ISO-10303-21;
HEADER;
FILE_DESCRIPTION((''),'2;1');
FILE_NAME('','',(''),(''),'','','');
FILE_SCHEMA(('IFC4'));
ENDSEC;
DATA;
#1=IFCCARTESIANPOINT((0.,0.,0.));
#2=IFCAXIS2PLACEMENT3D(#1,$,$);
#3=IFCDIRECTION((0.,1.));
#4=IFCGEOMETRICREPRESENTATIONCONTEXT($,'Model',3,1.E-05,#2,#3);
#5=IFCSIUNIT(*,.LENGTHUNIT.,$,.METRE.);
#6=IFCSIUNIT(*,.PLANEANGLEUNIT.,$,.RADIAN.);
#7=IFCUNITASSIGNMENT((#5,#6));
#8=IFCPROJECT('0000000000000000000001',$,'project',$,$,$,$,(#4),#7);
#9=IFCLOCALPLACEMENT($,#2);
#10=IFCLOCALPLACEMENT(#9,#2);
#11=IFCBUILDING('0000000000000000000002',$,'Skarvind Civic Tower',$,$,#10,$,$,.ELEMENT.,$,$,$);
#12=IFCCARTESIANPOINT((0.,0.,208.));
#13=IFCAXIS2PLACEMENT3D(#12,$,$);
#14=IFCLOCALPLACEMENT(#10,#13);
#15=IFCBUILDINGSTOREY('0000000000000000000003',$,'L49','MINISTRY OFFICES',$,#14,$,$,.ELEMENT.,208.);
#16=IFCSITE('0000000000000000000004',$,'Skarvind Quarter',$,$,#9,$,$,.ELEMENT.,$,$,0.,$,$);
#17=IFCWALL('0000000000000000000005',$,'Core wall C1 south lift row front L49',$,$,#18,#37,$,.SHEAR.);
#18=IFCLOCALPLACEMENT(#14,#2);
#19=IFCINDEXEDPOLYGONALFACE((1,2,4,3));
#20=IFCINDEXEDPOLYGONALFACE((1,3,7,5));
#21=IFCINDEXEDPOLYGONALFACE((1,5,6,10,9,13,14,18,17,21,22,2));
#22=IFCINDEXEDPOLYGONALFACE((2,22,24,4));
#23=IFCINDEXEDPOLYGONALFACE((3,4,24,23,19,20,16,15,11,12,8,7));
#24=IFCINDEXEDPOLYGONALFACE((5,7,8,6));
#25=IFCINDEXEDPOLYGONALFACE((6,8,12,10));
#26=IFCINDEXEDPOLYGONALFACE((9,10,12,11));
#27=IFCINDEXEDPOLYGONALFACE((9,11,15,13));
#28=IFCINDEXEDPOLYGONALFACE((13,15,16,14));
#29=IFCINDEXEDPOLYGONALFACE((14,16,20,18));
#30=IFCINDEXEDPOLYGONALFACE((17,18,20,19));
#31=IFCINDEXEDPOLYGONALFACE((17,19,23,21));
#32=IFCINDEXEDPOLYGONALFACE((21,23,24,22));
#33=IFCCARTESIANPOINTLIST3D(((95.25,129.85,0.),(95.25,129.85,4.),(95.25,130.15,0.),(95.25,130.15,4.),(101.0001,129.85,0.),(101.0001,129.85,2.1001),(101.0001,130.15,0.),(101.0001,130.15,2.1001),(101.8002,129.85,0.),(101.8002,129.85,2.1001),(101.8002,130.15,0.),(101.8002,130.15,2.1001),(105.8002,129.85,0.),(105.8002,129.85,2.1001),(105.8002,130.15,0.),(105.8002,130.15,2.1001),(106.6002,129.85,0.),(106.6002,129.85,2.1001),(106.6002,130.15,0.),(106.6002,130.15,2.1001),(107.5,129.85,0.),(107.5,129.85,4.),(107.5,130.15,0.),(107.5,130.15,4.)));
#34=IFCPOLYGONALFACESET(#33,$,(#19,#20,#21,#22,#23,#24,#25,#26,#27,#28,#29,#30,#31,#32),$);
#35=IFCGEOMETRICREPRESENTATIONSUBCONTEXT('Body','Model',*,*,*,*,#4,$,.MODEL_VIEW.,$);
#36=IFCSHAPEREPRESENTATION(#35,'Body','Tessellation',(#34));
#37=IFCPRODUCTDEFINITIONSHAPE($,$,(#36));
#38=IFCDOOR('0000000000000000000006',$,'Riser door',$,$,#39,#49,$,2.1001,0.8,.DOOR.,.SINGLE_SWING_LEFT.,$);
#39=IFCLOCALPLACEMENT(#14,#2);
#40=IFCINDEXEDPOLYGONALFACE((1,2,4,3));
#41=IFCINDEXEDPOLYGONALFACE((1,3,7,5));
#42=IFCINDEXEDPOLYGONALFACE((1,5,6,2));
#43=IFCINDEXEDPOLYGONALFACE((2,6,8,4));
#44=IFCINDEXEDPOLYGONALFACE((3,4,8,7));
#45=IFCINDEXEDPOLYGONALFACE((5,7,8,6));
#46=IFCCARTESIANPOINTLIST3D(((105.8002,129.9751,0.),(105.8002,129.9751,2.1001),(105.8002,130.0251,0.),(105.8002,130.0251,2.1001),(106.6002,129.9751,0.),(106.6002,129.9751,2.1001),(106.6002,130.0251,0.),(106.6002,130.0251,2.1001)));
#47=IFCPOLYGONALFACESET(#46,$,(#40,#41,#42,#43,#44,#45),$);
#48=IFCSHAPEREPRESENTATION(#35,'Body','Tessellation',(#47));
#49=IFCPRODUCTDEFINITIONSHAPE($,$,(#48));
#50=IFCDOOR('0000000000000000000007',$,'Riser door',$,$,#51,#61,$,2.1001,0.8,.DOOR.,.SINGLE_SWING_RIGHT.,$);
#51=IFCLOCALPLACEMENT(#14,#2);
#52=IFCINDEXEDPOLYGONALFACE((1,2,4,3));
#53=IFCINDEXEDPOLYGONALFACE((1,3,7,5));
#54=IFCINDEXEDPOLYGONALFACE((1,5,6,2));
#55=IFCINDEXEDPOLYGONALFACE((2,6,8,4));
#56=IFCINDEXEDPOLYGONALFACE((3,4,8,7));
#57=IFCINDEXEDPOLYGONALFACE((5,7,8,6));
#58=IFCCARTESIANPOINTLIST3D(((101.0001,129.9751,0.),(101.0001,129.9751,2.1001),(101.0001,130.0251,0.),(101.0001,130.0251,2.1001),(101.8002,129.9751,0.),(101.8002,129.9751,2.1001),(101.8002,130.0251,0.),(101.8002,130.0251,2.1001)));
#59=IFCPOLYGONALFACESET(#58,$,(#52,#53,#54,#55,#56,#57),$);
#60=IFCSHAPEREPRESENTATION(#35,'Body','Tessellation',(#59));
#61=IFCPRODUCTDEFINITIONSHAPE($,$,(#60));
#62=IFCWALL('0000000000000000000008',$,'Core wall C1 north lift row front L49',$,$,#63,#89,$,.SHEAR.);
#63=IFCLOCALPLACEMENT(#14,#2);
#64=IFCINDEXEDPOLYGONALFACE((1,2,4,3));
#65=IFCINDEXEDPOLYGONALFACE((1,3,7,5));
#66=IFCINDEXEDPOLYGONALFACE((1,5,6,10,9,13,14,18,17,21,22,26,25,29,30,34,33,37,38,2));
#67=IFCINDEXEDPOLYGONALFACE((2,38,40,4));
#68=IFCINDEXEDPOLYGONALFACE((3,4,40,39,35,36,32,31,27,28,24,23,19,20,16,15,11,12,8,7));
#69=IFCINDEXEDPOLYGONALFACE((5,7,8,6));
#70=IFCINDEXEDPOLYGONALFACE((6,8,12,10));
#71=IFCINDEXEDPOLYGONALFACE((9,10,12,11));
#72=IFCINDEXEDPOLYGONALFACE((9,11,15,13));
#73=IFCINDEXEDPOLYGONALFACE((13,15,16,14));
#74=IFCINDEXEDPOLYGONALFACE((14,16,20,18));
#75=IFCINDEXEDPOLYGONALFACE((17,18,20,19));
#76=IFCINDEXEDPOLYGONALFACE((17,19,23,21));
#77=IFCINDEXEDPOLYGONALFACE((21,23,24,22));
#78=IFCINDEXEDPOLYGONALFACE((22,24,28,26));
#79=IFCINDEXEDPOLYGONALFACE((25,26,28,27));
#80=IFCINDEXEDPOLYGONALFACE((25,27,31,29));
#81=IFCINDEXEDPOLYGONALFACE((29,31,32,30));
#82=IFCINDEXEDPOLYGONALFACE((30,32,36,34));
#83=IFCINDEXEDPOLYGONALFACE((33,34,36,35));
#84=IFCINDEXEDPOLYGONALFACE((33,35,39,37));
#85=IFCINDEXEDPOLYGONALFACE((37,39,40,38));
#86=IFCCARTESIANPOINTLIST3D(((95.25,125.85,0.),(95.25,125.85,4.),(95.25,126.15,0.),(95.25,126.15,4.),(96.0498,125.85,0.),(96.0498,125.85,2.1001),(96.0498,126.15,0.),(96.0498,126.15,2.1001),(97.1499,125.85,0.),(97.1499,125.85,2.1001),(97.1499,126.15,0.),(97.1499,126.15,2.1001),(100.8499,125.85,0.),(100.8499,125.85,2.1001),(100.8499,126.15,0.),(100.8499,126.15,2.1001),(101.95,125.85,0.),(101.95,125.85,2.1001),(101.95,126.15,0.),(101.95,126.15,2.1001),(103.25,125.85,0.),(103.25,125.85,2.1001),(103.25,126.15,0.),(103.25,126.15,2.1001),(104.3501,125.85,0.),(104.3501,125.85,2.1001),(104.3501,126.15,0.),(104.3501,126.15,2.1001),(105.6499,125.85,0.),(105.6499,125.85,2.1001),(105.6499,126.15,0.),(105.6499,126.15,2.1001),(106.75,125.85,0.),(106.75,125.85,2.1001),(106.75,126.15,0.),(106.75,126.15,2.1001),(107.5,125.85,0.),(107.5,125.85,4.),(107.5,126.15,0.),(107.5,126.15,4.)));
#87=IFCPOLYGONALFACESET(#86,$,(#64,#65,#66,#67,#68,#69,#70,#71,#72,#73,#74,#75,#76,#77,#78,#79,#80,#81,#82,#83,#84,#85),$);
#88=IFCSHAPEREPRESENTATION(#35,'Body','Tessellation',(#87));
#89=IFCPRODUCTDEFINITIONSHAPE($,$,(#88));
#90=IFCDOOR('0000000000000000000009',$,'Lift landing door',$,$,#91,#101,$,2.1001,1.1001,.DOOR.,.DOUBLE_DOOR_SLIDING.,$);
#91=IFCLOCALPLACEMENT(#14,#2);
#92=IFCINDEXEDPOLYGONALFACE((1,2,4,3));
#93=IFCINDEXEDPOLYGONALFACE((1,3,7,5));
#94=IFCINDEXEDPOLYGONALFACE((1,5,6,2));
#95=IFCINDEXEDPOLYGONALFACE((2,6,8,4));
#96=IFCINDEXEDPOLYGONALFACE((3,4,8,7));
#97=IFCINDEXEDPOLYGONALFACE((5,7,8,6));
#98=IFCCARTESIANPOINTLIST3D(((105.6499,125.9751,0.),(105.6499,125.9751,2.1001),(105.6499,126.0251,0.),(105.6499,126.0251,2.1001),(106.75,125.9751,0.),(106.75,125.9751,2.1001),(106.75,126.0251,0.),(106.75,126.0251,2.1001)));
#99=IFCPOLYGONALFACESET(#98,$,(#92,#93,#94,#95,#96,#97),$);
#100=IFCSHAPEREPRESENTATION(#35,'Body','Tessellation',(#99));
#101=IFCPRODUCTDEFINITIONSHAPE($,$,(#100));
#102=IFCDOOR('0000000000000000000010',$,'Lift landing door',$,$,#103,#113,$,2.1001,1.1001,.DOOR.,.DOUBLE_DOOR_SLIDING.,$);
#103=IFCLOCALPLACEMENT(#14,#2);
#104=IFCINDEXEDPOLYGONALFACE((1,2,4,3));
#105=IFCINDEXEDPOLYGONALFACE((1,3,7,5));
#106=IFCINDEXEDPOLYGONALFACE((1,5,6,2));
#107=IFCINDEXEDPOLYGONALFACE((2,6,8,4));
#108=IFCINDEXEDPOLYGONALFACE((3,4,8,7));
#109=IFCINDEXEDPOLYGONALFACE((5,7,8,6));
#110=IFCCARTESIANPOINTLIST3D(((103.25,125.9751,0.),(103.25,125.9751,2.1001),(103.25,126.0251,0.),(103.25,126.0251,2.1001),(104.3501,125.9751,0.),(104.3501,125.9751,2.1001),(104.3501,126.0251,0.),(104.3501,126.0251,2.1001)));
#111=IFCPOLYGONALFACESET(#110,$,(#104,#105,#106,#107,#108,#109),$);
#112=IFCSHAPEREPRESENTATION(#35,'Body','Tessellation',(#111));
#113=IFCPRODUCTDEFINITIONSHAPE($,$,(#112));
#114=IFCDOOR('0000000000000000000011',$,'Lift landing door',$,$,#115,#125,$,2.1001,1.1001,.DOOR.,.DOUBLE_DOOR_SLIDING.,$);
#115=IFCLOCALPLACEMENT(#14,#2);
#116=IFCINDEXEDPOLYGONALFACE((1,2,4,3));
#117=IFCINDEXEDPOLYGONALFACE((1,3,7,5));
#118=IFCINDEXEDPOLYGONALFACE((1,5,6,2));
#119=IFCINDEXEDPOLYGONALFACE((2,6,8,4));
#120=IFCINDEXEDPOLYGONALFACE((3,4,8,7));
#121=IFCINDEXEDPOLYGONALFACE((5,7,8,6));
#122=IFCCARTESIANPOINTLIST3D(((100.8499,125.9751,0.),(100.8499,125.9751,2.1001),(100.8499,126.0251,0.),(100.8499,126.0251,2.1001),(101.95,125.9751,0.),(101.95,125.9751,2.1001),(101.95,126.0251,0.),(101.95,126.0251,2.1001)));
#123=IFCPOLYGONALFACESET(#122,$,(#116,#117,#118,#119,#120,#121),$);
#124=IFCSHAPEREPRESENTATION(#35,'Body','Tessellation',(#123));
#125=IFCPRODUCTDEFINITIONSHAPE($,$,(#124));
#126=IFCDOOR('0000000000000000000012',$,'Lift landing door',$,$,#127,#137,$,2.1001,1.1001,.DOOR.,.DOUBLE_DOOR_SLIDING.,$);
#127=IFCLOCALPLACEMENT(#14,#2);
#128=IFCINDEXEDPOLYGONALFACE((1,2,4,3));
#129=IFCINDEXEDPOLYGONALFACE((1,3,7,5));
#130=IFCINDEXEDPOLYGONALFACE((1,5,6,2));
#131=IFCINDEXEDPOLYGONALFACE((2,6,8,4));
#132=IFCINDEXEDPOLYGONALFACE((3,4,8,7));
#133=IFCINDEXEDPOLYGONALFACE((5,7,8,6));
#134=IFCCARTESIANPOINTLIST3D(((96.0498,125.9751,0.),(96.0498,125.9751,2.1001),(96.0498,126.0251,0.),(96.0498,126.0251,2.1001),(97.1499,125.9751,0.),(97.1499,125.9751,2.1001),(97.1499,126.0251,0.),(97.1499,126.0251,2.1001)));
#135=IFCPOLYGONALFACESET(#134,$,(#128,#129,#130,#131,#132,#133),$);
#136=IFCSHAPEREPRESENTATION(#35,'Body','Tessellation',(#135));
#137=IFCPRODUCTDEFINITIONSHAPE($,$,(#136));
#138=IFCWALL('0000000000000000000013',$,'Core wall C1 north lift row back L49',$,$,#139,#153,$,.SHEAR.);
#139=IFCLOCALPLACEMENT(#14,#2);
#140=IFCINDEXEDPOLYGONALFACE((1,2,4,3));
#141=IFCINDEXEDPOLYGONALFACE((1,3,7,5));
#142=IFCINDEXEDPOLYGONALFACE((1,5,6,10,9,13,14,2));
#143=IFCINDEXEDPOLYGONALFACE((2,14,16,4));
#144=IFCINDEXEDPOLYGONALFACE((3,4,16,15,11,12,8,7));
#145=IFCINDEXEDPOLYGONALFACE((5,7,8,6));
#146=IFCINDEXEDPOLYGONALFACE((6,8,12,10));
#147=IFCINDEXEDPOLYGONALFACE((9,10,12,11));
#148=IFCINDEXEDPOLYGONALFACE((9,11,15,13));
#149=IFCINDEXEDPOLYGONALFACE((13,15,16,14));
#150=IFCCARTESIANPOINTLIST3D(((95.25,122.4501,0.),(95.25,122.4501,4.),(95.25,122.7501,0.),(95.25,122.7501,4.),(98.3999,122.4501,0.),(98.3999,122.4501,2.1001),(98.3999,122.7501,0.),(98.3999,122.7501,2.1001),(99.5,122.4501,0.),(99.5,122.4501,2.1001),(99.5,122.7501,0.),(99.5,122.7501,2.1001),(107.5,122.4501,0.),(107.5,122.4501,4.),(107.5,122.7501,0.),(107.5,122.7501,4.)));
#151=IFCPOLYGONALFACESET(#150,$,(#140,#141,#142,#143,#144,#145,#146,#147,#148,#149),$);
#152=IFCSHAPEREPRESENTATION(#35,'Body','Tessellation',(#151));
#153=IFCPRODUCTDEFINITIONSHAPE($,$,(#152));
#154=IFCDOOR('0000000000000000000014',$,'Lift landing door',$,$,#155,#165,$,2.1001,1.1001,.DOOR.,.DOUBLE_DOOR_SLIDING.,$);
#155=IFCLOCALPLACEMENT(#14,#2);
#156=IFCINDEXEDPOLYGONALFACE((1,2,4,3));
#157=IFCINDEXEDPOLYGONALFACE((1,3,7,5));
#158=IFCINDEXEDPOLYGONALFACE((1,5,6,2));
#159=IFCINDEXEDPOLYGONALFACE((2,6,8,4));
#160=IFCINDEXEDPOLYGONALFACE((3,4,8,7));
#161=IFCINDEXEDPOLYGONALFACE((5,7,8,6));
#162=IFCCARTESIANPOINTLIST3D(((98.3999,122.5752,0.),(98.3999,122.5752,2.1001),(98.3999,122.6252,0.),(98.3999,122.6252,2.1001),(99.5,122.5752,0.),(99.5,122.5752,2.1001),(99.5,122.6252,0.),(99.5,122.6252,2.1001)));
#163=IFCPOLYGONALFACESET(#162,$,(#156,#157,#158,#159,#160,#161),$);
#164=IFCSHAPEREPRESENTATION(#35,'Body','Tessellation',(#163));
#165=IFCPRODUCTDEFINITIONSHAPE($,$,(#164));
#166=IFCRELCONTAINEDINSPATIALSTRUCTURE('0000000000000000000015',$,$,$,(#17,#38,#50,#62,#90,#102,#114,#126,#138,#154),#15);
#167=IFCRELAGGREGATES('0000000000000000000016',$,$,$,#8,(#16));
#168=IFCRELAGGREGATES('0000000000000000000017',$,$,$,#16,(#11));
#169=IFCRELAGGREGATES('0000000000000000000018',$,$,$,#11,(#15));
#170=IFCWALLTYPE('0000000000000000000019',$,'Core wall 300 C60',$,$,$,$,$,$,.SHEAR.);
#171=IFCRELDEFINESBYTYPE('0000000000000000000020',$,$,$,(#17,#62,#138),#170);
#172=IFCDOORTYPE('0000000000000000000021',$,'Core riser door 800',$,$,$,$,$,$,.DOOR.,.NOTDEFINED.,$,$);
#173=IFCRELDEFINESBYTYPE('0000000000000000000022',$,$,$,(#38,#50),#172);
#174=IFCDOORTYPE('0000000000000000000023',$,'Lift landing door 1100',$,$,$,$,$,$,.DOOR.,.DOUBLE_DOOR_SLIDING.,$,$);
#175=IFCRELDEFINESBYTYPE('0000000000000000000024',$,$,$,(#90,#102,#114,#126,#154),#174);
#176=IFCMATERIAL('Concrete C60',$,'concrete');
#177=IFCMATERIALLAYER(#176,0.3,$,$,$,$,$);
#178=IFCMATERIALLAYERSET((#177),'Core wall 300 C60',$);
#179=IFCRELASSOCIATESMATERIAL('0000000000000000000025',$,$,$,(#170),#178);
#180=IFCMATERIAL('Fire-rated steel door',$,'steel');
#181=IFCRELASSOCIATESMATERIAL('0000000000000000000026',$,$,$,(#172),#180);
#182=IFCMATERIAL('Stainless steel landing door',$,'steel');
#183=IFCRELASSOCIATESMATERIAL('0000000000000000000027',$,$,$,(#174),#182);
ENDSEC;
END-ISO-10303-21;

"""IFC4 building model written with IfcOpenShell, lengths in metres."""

from ifc_helpers import new_model, si_unit, direction, frame, frame_2d, origin, place, context, subcontext, project, spatial, rectangle, extrude, material, layer, layer_set, type_object, element, fill, save


model = new_model("IFC4")

# Units and contexts
model_context = context("Model", 3, precision=1e-05, world=origin(), true_north=direction((0.0, 1.0)))
body_context = subcontext(model_context, "Body", "Model", "MODEL_VIEW")
ifc_project = project(units=[si_unit("LENGTHUNIT", "METRE"), si_unit("PLANEANGLEUNIT", "RADIAN")], contexts=[model_context])

# Site, building, storey
site_placement = place(None, origin())
site = spatial("IfcSite", under=ifc_project, at=site_placement, Name="Skarvind Quarter", CompositionType="ELEMENT", RefElevation=0.0)
building_placement = place(site_placement, origin())
building = spatial("IfcBuilding", under=site, at=building_placement, Name="Skarvind Civic Tower", CompositionType="ELEMENT")
storey_placement = place(building_placement, frame((0.0, 0.0, 208.0)))
storey = spatial("IfcBuildingStorey", under=building, at=storey_placement, Name="L49", Description="MINISTRY OFFICES", CompositionType="ELEMENT", Elevation=208.0)

# Walls, openings, doors
ifc_material_1 = material(Name="Concrete C60", Category="concrete")
ifc_layer_1 = layer(ifc_material_1, 0.3)
ifc_layer_set_1 = layer_set([ifc_layer_1], Name="Core wall 300 C60")
wall_type_1 = type_object("IfcWallType", Name="Core wall 300 C60", PredefinedType="SHEAR", material=ifc_layer_set_1)
wall_1_placement = place(storey_placement, frame((107.5, 130.0, 0.0), z_axis=(0.0, 0.0, 1.0), x_axis=(-1.0, 0.0, 0.0)))
wall_1 = element("IfcWall", 1, at=wall_1_placement, inside=storey, type_object=wall_type_1, Name="Core wall C1 south lift row front L49", PredefinedType="SHEAR", context=body_context, shape_type="SweptSolid", body=[
    extrude(rectangle(XDim=12.25, YDim=0.3, at=frame_2d((6.125, 0.0))), origin(), (0.0, 0.0, 1.0), 4.0),
])
opening_1_placement = place(wall_1_placement, frame((0.8999, 0.0, 0.0)))
opening_1 = element("IfcOpeningElement", 2, at=opening_1_placement, cuts=wall_1, PredefinedType="OPENING", context=body_context, shape_type="SweptSolid", body=[
    extrude(rectangle(XDim=0.8, YDim=2.1001, at=frame_2d((0.3999, 1.05))), frame((0.0, 0.1599, 0.0), z_axis=(0.0, -1.0, 0.0), x_axis=(1.0, 0.0, 0.0)), (0.0, 0.0, 1.0), 0.3201),
])
opening_2_placement = place(wall_1_placement, frame((5.7, 0.0, 0.0)))
opening_2 = element("IfcOpeningElement", 3, at=opening_2_placement, cuts=wall_1, PredefinedType="OPENING", context=body_context, shape_type="SweptSolid", body=[
    extrude(rectangle(XDim=0.8, YDim=2.1001, at=frame_2d((0.3999, 1.05))), frame((0.0, 0.1599, 0.0), z_axis=(0.0, -1.0, 0.0), x_axis=(1.0, 0.0, 0.0)), (0.0, 0.0, 1.0), 0.3201),
])
ifc_material_2 = material(Name="Fire-rated steel door", Category="steel")
door_type_1 = type_object("IfcDoorType", Name="Core riser door 800", OperationType="NOTDEFINED", PredefinedType="DOOR", material=ifc_material_2)
door_1_placement = place(opening_1_placement, origin())
door_1 = element("IfcDoor", 4, at=door_1_placement, inside=storey, type_object=door_type_1, Name="Riser door", OperationType="SINGLE_SWING_LEFT", OverallHeight=2.1001, OverallWidth=0.8, PredefinedType="DOOR", context=body_context, shape_type="SweptSolid", body=[
    extrude(rectangle(XDim=0.8, YDim=2.1001, at=frame_2d((0.3999, 1.05))), frame((0.0, 0.0249, 0.0), z_axis=(0.0, -1.0, 0.0), x_axis=(1.0, 0.0, 0.0)), (0.0, 0.0, 1.0), 0.05),
])
fill(opening_1, door_1)
door_2_placement = place(opening_2_placement, origin())
door_2 = element("IfcDoor", 5, at=door_2_placement, inside=storey, type_object=door_type_1, Name="Riser door", OperationType="SINGLE_SWING_RIGHT", OverallHeight=2.1001, OverallWidth=0.8, PredefinedType="DOOR", context=body_context, shape_type="SweptSolid", body=[
    extrude(rectangle(XDim=0.8, YDim=2.1001, at=frame_2d((0.3999, 1.05))), frame((0.0, 0.0249, 0.0), z_axis=(0.0, -1.0, 0.0), x_axis=(1.0, 0.0, 0.0)), (0.0, 0.0, 1.0), 0.05),
])
fill(opening_2, door_2)
wall_2_placement = place(storey_placement, frame((107.5, 126.0, 0.0), z_axis=(0.0, 0.0, 1.0), x_axis=(-1.0, 0.0, 0.0)))
wall_2 = element("IfcWall", 6, at=wall_2_placement, inside=storey, type_object=wall_type_1, Name="Core wall C1 north lift row front L49", PredefinedType="SHEAR", context=body_context, shape_type="SweptSolid", body=[
    extrude(rectangle(XDim=12.25, YDim=0.3, at=frame_2d((6.125, 0.0))), origin(), (0.0, 0.0, 1.0), 4.0),
])
opening_3_placement = place(wall_2_placement, frame((0.75, 0.0, 0.0)))
opening_3 = element("IfcOpeningElement", 7, at=opening_3_placement, cuts=wall_2, PredefinedType="OPENING", context=body_context, shape_type="SweptSolid", body=[
    extrude(rectangle(XDim=1.1001, YDim=2.1001, at=frame_2d((0.55, 1.05))), frame((0.0, 0.1599, 0.0), z_axis=(0.0, -1.0, 0.0), x_axis=(1.0, 0.0, 0.0)), (0.0, 0.0, 1.0), 0.3201),
])
opening_4_placement = place(wall_2_placement, frame((3.1499, 0.0, 0.0)))
opening_4 = element("IfcOpeningElement", 8, at=opening_4_placement, cuts=wall_2, PredefinedType="OPENING", context=body_context, shape_type="SweptSolid", body=[
    extrude(rectangle(XDim=1.1001, YDim=2.1001, at=frame_2d((0.55, 1.05))), frame((0.0, 0.1599, 0.0), z_axis=(0.0, -1.0, 0.0), x_axis=(1.0, 0.0, 0.0)), (0.0, 0.0, 1.0), 0.3201),
])
opening_5_placement = place(wall_2_placement, frame((5.55, 0.0, 0.0)))
opening_5 = element("IfcOpeningElement", 9, at=opening_5_placement, cuts=wall_2, PredefinedType="OPENING", context=body_context, shape_type="SweptSolid", body=[
    extrude(rectangle(XDim=1.1001, YDim=2.1001, at=frame_2d((0.55, 1.05))), frame((0.0, 0.1599, 0.0), z_axis=(0.0, -1.0, 0.0), x_axis=(1.0, 0.0, 0.0)), (0.0, 0.0, 1.0), 0.3201),
])
opening_6_placement = place(wall_2_placement, frame((10.3501, 0.0, 0.0)))
opening_6 = element("IfcOpeningElement", 10, at=opening_6_placement, cuts=wall_2, PredefinedType="OPENING", context=body_context, shape_type="SweptSolid", body=[
    extrude(rectangle(XDim=1.1001, YDim=2.1001, at=frame_2d((0.55, 1.05))), frame((0.0, 0.1599, 0.0), z_axis=(0.0, -1.0, 0.0), x_axis=(1.0, 0.0, 0.0)), (0.0, 0.0, 1.0), 0.3201),
])
ifc_material_3 = material(Name="Stainless steel landing door", Category="steel")
door_type_2 = type_object("IfcDoorType", Name="Lift landing door 1100", OperationType="DOUBLE_DOOR_SLIDING", PredefinedType="DOOR", material=ifc_material_3)
door_3_placement = place(opening_3_placement, origin())
door_3 = element("IfcDoor", 11, at=door_3_placement, inside=storey, type_object=door_type_2, Name="Lift landing door", OperationType="DOUBLE_DOOR_SLIDING", OverallHeight=2.1001, OverallWidth=1.1001, PredefinedType="DOOR", context=body_context, shape_type="SweptSolid", body=[
    extrude(rectangle(XDim=1.1001, YDim=2.1001, at=frame_2d((0.55, 1.05))), frame((0.0, 0.0249, 0.0), z_axis=(0.0, -1.0, 0.0), x_axis=(1.0, 0.0, 0.0)), (0.0, 0.0, 1.0), 0.05),
])
fill(opening_3, door_3)
door_4_placement = place(opening_4_placement, origin())
door_4 = element("IfcDoor", 12, at=door_4_placement, inside=storey, type_object=door_type_2, Name="Lift landing door", OperationType="DOUBLE_DOOR_SLIDING", OverallHeight=2.1001, OverallWidth=1.1001, PredefinedType="DOOR", context=body_context, shape_type="SweptSolid", body=[
    extrude(rectangle(XDim=1.1001, YDim=2.1001, at=frame_2d((0.55, 1.05))), frame((0.0, 0.0249, 0.0), z_axis=(0.0, -1.0, 0.0), x_axis=(1.0, 0.0, 0.0)), (0.0, 0.0, 1.0), 0.05),
])
fill(opening_4, door_4)
door_5_placement = place(opening_5_placement, origin())
door_5 = element("IfcDoor", 13, at=door_5_placement, inside=storey, type_object=door_type_2, Name="Lift landing door", OperationType="DOUBLE_DOOR_SLIDING", OverallHeight=2.1001, OverallWidth=1.1001, PredefinedType="DOOR", context=body_context, shape_type="SweptSolid", body=[
    extrude(rectangle(XDim=1.1001, YDim=2.1001, at=frame_2d((0.55, 1.05))), frame((0.0, 0.0249, 0.0), z_axis=(0.0, -1.0, 0.0), x_axis=(1.0, 0.0, 0.0)), (0.0, 0.0, 1.0), 0.05),
])
fill(opening_5, door_5)
door_6_placement = place(opening_6_placement, origin())
door_6 = element("IfcDoor", 14, at=door_6_placement, inside=storey, type_object=door_type_2, Name="Lift landing door", OperationType="DOUBLE_DOOR_SLIDING", OverallHeight=2.1001, OverallWidth=1.1001, PredefinedType="DOOR", context=body_context, shape_type="SweptSolid", body=[
    extrude(rectangle(XDim=1.1001, YDim=2.1001, at=frame_2d((0.55, 1.05))), frame((0.0, 0.0249, 0.0), z_axis=(0.0, -1.0, 0.0), x_axis=(1.0, 0.0, 0.0)), (0.0, 0.0, 1.0), 0.05),
])
fill(opening_6, door_6)

# Wall, opening, door
wall_3_placement = place(storey_placement, frame((107.5, 122.6001, 0.0), z_axis=(0.0, 0.0, 1.0), x_axis=(-1.0, 0.0, 0.0)))
wall_3 = element("IfcWall", 15, at=wall_3_placement, inside=storey, type_object=wall_type_1, Name="Core wall C1 north lift row back L49", PredefinedType="SHEAR", context=body_context, shape_type="SweptSolid", body=[
    extrude(rectangle(XDim=12.25, YDim=0.3, at=frame_2d((6.125, 0.0))), origin(), (0.0, 0.0, 1.0), 4.0),
])
opening_7_placement = place(wall_3_placement, frame((8.0, 0.0, 0.0)))
opening_7 = element("IfcOpeningElement", 16, at=opening_7_placement, cuts=wall_3, PredefinedType="OPENING", context=body_context, shape_type="SweptSolid", body=[
    extrude(rectangle(XDim=1.1001, YDim=2.1001, at=frame_2d((0.55, 1.05))), frame((0.0, 0.1599, 0.0), z_axis=(0.0, -1.0, 0.0), x_axis=(1.0, 0.0, 0.0)), (0.0, 0.0, 1.0), 0.3201),
])
door_7_placement = place(opening_7_placement, origin())
door_7 = element("IfcDoor", 17, at=door_7_placement, inside=storey, type_object=door_type_2, Name="Lift landing door", OperationType="DOUBLE_DOOR_SLIDING", OverallHeight=2.1001, OverallWidth=1.1001, PredefinedType="DOOR", context=body_context, shape_type="SweptSolid", body=[
    extrude(rectangle(XDim=1.1001, YDim=2.1001, at=frame_2d((0.55, 1.05))), frame((0.0, 0.0249, 0.0), z_axis=(0.0, -1.0, 0.0), x_axis=(1.0, 0.0, 0.0)), (0.0, 0.0, 1.0), 0.05),
])
fill(opening_7, door_7)

save(model, "model.ifc")
